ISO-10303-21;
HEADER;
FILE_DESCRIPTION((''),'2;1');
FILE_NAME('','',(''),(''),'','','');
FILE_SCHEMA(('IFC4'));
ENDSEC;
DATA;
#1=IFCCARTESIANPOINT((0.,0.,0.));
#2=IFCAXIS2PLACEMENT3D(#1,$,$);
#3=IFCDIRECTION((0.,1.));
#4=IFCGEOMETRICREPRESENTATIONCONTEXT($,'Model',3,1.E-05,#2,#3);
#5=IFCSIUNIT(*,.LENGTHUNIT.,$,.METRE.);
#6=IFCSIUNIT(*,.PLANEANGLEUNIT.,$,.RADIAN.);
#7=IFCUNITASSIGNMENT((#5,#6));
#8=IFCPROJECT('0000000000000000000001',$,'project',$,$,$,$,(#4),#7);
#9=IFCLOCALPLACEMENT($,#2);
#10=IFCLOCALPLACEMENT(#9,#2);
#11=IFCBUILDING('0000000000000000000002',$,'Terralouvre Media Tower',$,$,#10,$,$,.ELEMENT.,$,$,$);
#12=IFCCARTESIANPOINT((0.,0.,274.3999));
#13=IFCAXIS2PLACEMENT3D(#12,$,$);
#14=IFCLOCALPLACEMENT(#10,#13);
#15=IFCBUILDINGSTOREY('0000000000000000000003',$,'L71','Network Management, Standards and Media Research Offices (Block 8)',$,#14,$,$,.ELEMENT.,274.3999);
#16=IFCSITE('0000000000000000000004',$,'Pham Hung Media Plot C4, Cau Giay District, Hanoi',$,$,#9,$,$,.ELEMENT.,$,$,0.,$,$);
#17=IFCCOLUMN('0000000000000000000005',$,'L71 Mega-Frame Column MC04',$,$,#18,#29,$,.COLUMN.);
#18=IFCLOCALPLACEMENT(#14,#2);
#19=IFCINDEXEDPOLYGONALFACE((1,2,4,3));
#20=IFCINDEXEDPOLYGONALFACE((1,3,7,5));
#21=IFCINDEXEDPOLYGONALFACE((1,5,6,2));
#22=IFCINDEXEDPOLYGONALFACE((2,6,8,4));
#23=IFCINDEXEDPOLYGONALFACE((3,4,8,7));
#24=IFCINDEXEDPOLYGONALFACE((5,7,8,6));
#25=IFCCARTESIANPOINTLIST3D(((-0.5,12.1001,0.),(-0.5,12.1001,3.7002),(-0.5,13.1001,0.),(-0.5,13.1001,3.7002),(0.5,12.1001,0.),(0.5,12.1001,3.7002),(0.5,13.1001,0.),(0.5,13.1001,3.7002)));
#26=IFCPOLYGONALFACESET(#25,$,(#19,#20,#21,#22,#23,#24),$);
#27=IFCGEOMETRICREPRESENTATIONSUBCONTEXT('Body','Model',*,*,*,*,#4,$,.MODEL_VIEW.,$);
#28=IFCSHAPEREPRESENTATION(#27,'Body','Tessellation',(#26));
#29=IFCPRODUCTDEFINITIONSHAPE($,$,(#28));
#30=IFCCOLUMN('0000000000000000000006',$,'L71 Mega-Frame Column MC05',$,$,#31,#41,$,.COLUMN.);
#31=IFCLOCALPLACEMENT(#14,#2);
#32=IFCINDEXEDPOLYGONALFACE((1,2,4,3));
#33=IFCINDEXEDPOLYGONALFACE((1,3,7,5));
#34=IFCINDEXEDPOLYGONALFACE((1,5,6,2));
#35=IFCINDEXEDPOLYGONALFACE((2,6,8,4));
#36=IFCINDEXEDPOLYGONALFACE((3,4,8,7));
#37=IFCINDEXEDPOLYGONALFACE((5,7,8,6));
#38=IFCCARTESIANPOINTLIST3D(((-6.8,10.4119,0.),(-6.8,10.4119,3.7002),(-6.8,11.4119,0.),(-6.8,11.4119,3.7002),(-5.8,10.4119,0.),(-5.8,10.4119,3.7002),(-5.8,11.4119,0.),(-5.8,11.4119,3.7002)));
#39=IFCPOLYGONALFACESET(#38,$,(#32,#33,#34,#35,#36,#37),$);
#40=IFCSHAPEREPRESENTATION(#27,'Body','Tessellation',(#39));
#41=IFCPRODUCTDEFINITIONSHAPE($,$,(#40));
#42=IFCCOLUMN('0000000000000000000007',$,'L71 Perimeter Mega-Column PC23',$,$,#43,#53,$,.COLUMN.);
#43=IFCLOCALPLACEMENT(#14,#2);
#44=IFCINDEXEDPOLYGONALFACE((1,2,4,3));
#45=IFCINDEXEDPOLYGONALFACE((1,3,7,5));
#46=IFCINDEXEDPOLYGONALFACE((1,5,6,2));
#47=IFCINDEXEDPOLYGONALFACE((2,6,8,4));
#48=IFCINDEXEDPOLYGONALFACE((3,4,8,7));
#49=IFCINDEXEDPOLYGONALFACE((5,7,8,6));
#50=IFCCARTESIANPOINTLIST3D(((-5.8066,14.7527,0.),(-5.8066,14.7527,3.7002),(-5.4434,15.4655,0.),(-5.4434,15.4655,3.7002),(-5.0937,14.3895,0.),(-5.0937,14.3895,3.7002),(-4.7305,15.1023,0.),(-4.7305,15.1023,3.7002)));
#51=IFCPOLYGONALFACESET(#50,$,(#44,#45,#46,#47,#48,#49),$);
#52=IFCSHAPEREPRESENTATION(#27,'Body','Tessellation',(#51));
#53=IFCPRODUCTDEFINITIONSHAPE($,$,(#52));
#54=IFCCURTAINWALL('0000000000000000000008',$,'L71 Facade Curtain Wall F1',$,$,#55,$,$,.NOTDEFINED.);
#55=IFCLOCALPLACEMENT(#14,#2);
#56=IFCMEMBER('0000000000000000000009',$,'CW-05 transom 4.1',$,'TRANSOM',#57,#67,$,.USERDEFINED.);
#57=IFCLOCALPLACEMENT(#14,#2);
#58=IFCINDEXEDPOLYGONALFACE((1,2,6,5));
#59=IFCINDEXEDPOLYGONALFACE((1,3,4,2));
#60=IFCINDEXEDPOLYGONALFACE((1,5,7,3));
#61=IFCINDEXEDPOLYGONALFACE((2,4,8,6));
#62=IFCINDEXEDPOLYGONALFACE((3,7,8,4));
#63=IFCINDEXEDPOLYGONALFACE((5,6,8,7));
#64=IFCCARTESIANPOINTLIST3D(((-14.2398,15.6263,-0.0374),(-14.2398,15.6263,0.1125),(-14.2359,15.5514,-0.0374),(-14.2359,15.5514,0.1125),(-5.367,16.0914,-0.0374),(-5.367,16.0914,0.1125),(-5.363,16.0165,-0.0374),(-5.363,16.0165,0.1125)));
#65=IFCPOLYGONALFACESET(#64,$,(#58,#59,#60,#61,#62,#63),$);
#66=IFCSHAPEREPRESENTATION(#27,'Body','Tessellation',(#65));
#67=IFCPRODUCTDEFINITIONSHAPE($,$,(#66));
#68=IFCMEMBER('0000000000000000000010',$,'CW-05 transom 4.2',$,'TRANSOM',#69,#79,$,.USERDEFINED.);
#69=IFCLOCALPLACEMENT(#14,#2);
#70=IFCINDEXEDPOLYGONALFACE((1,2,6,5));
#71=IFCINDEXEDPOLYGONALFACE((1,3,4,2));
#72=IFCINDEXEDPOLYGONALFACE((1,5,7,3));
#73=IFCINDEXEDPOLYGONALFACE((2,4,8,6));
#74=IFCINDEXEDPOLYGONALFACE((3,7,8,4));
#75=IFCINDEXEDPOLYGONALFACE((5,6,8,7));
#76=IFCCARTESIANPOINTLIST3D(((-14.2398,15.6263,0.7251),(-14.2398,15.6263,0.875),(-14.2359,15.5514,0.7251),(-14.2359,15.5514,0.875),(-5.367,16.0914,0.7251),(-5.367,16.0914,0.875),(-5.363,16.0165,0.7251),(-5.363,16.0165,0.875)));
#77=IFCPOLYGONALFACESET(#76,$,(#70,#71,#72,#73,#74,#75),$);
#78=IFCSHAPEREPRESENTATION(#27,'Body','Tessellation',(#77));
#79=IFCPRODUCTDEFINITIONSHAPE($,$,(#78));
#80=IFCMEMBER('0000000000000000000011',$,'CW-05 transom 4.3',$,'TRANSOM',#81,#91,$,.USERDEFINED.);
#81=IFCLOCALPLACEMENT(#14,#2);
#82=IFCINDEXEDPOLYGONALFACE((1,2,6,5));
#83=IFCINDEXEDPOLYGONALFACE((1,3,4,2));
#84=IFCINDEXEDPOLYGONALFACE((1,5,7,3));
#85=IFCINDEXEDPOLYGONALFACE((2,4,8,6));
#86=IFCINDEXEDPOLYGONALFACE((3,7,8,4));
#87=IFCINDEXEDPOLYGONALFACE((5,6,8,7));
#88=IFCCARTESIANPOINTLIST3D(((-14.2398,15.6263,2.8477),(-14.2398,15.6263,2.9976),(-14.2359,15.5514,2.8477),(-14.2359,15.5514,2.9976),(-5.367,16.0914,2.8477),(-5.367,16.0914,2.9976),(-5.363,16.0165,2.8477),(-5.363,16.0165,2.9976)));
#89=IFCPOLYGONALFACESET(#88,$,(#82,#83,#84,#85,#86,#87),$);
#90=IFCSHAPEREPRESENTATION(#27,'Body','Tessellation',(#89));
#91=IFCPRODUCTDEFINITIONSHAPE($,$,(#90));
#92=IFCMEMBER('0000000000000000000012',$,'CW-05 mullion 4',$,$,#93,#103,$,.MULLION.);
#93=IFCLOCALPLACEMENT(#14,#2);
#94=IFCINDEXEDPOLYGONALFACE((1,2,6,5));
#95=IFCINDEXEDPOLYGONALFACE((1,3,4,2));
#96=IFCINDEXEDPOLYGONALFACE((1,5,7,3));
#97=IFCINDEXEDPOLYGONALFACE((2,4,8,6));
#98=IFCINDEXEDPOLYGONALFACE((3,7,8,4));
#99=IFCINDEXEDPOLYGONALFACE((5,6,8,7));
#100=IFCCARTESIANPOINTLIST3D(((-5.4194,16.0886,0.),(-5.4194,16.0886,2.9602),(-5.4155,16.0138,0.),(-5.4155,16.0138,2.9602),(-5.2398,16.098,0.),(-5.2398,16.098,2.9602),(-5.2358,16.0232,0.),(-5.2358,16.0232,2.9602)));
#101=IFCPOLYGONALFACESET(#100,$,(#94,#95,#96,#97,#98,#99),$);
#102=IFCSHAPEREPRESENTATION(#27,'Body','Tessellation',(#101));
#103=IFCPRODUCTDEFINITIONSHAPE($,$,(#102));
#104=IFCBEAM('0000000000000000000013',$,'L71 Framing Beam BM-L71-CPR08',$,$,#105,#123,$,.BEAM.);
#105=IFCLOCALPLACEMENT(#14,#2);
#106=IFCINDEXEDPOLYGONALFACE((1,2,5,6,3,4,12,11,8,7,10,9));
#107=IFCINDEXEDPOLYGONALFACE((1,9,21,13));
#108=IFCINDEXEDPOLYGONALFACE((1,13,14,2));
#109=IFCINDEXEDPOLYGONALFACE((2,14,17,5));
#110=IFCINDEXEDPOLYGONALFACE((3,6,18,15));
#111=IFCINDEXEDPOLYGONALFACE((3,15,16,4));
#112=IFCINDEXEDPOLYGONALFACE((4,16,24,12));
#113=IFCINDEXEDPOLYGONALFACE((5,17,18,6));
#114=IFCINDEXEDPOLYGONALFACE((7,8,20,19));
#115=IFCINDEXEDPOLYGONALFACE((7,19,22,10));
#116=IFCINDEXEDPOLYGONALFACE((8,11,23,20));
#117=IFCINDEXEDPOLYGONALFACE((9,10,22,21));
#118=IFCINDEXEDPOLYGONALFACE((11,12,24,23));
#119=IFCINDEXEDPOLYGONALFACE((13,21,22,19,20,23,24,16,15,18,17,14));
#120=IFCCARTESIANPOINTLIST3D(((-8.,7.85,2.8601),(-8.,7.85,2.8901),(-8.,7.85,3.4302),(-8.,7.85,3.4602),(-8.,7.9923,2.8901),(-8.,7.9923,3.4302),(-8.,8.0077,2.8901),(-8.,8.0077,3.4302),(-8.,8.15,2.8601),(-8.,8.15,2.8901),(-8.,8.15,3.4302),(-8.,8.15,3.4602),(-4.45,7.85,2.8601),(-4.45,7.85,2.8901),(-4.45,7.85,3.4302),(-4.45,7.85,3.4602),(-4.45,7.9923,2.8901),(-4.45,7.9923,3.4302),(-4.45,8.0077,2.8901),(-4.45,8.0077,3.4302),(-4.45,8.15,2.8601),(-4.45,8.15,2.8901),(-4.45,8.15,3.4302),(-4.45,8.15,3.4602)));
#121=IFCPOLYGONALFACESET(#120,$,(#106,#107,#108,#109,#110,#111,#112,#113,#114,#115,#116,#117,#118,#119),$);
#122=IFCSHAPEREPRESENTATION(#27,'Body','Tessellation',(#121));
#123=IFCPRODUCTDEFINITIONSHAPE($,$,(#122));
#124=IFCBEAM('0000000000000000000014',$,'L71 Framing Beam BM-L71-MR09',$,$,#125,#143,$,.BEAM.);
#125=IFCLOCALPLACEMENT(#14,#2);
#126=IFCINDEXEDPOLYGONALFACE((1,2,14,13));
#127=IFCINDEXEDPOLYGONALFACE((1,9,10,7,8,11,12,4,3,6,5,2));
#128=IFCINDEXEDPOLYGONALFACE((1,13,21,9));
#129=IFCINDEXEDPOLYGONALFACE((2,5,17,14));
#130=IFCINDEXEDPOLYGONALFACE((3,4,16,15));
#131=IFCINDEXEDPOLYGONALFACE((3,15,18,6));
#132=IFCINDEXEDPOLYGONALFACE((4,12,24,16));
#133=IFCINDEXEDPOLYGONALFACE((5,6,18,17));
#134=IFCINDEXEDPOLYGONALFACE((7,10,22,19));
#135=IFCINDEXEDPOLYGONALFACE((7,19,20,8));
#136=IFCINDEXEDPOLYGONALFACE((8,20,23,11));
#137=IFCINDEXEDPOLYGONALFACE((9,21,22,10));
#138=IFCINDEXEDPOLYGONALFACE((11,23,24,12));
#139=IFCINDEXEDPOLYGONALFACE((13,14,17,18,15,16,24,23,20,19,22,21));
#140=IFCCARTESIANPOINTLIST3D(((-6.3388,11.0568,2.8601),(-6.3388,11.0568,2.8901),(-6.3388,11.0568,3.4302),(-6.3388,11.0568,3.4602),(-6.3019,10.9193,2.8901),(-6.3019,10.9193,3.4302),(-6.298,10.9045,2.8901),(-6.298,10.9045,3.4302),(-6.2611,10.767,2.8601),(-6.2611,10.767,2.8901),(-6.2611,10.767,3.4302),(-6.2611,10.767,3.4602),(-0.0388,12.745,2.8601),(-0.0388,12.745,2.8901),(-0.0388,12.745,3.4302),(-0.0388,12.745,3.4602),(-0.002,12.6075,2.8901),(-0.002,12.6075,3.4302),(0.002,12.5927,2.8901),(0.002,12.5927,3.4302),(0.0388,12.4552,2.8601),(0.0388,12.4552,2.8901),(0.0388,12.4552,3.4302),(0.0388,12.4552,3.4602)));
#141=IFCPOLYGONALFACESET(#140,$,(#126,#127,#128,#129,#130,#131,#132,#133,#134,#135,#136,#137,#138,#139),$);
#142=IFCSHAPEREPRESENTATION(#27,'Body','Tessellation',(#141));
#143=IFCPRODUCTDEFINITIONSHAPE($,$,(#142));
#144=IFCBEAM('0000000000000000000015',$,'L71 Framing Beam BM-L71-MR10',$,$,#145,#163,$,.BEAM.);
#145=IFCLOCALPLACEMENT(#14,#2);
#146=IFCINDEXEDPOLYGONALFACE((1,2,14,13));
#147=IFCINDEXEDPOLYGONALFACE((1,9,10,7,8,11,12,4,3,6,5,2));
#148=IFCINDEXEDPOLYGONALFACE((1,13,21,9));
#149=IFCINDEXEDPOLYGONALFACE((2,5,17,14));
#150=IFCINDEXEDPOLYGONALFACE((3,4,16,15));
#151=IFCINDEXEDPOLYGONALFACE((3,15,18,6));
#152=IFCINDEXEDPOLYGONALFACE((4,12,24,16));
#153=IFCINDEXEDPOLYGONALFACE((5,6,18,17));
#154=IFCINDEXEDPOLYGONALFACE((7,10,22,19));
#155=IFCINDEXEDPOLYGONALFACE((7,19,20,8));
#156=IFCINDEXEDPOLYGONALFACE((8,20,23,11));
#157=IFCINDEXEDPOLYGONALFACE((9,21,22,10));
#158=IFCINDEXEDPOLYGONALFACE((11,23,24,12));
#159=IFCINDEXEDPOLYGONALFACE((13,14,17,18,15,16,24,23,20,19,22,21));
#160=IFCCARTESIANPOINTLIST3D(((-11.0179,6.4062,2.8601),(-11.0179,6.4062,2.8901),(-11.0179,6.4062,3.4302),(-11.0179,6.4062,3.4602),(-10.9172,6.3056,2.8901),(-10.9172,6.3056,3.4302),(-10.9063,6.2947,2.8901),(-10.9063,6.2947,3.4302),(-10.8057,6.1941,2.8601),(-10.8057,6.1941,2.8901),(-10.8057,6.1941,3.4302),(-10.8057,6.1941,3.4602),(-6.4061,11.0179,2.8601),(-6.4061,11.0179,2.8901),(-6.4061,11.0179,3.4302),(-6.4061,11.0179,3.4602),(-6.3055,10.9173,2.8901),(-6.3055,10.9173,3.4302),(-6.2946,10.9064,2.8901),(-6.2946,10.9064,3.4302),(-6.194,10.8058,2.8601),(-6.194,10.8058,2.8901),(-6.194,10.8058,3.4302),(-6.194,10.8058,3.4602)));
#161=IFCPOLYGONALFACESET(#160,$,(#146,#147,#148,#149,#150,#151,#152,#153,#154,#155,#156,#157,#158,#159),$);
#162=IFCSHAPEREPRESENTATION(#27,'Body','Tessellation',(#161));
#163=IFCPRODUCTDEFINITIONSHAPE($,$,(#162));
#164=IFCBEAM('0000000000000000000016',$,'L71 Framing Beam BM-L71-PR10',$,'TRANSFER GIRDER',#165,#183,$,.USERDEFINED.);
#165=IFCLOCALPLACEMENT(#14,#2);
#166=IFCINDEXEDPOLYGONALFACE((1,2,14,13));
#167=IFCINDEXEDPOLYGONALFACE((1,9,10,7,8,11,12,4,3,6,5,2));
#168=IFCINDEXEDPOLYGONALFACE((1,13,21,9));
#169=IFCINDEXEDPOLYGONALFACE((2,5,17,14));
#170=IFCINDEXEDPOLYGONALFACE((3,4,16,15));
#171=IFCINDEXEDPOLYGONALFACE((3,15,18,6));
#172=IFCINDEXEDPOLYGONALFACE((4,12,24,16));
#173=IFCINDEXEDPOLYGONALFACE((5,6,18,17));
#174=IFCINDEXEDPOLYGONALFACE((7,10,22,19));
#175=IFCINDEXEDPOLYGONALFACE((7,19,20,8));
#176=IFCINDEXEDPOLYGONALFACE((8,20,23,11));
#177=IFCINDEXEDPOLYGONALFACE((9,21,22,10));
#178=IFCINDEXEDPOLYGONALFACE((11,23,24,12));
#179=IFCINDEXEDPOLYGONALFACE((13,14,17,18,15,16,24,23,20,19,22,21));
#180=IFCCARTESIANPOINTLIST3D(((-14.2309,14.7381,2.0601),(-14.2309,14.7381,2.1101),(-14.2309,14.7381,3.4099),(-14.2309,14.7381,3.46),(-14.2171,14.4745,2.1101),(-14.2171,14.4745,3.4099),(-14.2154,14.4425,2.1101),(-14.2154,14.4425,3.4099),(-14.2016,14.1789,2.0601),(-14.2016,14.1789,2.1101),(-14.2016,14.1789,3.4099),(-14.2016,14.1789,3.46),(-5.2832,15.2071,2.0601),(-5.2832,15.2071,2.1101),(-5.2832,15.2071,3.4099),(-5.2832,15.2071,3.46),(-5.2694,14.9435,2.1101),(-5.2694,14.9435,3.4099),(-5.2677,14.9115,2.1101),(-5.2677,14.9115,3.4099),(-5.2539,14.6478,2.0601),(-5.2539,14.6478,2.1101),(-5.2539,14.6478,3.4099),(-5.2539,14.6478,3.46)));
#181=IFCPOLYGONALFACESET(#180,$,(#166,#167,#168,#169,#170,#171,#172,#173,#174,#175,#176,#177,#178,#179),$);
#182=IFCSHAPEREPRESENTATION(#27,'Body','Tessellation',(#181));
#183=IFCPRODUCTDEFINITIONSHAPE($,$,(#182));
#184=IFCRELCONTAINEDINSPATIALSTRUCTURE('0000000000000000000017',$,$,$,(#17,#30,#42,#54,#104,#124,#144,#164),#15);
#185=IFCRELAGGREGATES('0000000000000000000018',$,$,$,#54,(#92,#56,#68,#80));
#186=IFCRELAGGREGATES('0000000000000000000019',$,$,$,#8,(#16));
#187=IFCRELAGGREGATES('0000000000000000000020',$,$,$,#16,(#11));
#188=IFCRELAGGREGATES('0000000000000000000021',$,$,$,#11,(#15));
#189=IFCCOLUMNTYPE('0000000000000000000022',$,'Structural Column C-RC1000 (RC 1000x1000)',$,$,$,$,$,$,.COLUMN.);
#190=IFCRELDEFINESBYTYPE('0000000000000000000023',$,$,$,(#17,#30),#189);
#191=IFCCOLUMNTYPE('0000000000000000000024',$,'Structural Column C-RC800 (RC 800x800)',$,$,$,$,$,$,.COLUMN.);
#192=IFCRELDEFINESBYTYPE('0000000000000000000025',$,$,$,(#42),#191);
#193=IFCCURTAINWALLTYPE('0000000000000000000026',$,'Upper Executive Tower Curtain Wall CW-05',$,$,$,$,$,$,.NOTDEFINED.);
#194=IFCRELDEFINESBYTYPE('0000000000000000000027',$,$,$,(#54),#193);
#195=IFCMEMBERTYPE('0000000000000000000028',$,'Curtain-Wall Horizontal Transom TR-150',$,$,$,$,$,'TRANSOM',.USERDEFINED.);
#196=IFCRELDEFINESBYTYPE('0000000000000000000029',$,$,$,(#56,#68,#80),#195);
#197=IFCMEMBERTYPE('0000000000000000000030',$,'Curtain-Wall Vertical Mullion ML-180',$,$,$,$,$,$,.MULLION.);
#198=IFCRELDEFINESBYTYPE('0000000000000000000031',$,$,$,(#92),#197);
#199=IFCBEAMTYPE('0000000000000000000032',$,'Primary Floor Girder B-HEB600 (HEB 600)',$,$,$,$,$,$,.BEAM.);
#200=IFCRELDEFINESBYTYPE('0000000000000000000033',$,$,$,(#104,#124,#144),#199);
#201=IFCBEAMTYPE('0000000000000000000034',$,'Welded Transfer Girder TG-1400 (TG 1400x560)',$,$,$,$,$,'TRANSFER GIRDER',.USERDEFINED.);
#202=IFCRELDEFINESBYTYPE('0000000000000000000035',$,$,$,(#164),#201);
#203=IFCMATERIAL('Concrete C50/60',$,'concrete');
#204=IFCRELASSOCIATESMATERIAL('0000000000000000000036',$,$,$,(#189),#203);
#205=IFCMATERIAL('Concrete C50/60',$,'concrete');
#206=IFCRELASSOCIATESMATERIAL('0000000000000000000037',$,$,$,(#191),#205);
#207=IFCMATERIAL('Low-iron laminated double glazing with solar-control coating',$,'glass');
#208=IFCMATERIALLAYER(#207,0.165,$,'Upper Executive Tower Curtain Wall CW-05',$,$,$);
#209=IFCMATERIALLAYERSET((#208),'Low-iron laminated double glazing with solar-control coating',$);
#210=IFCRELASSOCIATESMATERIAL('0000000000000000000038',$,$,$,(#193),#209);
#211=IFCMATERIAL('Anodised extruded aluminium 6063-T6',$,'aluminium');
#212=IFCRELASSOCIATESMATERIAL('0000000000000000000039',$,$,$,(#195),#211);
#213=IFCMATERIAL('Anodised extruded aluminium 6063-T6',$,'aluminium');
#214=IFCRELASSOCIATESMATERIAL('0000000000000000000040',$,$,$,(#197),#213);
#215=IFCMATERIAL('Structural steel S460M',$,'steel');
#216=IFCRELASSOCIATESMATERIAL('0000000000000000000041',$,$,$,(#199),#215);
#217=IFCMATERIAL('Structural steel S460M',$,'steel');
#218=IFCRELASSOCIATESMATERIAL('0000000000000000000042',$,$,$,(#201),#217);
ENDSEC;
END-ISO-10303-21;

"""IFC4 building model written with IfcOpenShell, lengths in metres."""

from ifc_helpers import new_model, si_unit, direction, frame, origin, origin_2d, place, context, subcontext, project, spatial, rectangle, i_section, extrude, material, layer, layer_set, material_profile, profile_set, type_object, element, aggregate, save


model = new_model("IFC4")

# Units and contexts
model_context = context("Model", 3, precision=1e-05, world=origin(), true_north=direction((0.0, 1.0)))
body_context = subcontext(model_context, "Body", "Model", "MODEL_VIEW")
ifc_project = project(units=[si_unit("LENGTHUNIT", "METRE"), si_unit("PLANEANGLEUNIT", "RADIAN")], contexts=[model_context])

# Site, building, storey
site_placement = place(None, origin())
site = spatial("IfcSite", under=ifc_project, at=site_placement, Name="Pham Hung Media Plot C4, Cau Giay District, Hanoi", CompositionType="ELEMENT", RefElevation=0.0)
building_placement = place(site_placement, origin())
building = spatial("IfcBuilding", under=site, at=building_placement, Name="Terralouvre Media Tower", CompositionType="ELEMENT")
storey_placement = place(building_placement, frame((0.0, 0.0, 274.3999)))
storey = spatial("IfcBuildingStorey", under=building, at=storey_placement, Name="L71", Description="Network Management, Standards and Media Research Offices (Block 8)", CompositionType="ELEMENT", Elevation=274.3999)

# Columns
ifc_material_1 = material(Name="Concrete C50/60", Category="concrete")
ifc_material_profile_1 = material_profile(ifc_material_1, rectangle(XDim=1.0, YDim=1.0, at=origin_2d()), Name="RC 1000x1000")
ifc_profile_set_1 = profile_set([ifc_material_profile_1], Name="Concrete C50/60")
column_type_1 = type_object("IfcColumnType", Name="Structural Column C-RC1000 (RC 1000x1000)", PredefinedType="COLUMN", material=ifc_profile_set_1)
for number, where, z_axis, x_axis, name in (
    (1, (0.0, 12.6001, 0.0), (0.0, 0.0, 1.0), (1.0, 0.0, 0.0), "L71 Mega-Frame Column MC04"),
    (2, (-6.3, 10.9119, 0.0), (0.0, 0.0, 1.0), (1.0, 0.0, 0.0), "L71 Mega-Frame Column MC05"),
):
    element("IfcColumn", number, at=place(storey_placement, frame(where, z_axis=z_axis, x_axis=x_axis)), inside=storey, type_object=column_type_1, Name=name, PredefinedType="COLUMN", context=body_context, shape_type="SweptSolid", body=[
        extrude(rectangle(XDim=1.0, YDim=1.0, at=origin_2d()), origin(), (0.0, 0.0, 1.0), 3.7002),
    ])
ifc_material_2 = material(Name="Concrete C50/60", Category="concrete")
ifc_material_profile_2 = material_profile(ifc_material_2, rectangle(XDim=0.8, YDim=0.8, at=origin_2d()), Name="RC 800x800")
ifc_profile_set_2 = profile_set([ifc_material_profile_2], Name="Concrete C50/60")
column_type_2 = type_object("IfcColumnType", Name="Structural Column C-RC800 (RC 800x800)", PredefinedType="COLUMN", material=ifc_profile_set_2)
column_placement = place(storey_placement, frame((-5.2686, 14.9275, 0.0), z_axis=(0.0, 0.0, 1.0), x_axis=(0.45399, 0.891007, 0.0)))
element("IfcColumn", 3, at=column_placement, inside=storey, type_object=column_type_2, Name="L71 Perimeter Mega-Column PC23", PredefinedType="COLUMN", context=body_context, shape_type="SweptSolid", body=[
    extrude(rectangle(XDim=0.8, YDim=0.8, at=origin_2d()), origin(), (0.0, 0.0, 1.0), 3.7002),
])

# Curtain wall, members
ifc_material_3 = material(Name="Low-iron laminated double glazing with solar-control coating", Category="glass")
ifc_layer_1 = layer(ifc_material_3, 0.165, Name="Upper Executive Tower Curtain Wall CW-05")
ifc_layer_set_1 = layer_set([ifc_layer_1], Name="Low-iron laminated double glazing with solar-control coating")
curtain_wall_type = type_object("IfcCurtainWallType", Name="Upper Executive Tower Curtain Wall CW-05", PredefinedType="NOTDEFINED", material=ifc_layer_set_1)
curtain_wall_placement = place(storey_placement, origin())
curtain_wall = element("IfcCurtainWall", 4, at=curtain_wall_placement, inside=storey, type_object=curtain_wall_type, Name="L71 Facade Curtain Wall F1", PredefinedType="NOTDEFINED")
ifc_material_4 = material(Name="Anodised extruded aluminium 6063-T6", Category="aluminium")
ifc_material_profile_3 = material_profile(ifc_material_4, rectangle(XDim=0.075, YDim=0.1499, at=origin_2d()), Name="ALU 75x150")
ifc_profile_set_3 = profile_set([ifc_material_profile_3], Name="Anodised extruded aluminium 6063-T6")
member_type_1 = type_object("IfcMemberType", Name="Curtain-Wall Horizontal Transom TR-150", ElementType="TRANSOM", PredefinedType="USERDEFINED", material=ifc_profile_set_3)
member_1_placement = place(storey_placement, frame((-5.365, 16.054, 0.0376), z_axis=(-0.998629, -0.052345, 0.0), x_axis=(0.052345, -0.998629, 0.0)))
member_1 = element("IfcMember", 5, at=member_1_placement, type_object=member_type_1, Name="CW-05 transom 4.1", ObjectType="TRANSOM", PredefinedType="USERDEFINED", context=body_context, shape_type="SweptSolid", body=[
    extrude(rectangle(XDim=0.075, YDim=0.1499, at=origin_2d()), origin(), (0.0, 0.0, 1.0), 8.885),
])
member_2_placement = place(storey_placement, frame((-5.365, 16.054, 0.8), z_axis=(-0.998629, -0.052345, 0.0), x_axis=(0.052345, -0.998629, 0.0)))
member_2 = element("IfcMember", 6, at=member_2_placement, type_object=member_type_1, Name="CW-05 transom 4.2", ObjectType="TRANSOM", PredefinedType="USERDEFINED", context=body_context, shape_type="SweptSolid", body=[
    extrude(rectangle(XDim=0.075, YDim=0.1499, at=origin_2d()), origin(), (0.0, 0.0, 1.0), 8.885),
])
member_3_placement = place(storey_placement, frame((-5.365, 16.054, 2.9226), z_axis=(-0.998629, -0.052345, 0.0), x_axis=(0.052345, -0.998629, 0.0)))
member_3 = element("IfcMember", 7, at=member_3_placement, type_object=member_type_1, Name="CW-05 transom 4.3", ObjectType="TRANSOM", PredefinedType="USERDEFINED", context=body_context, shape_type="SweptSolid", body=[
    extrude(rectangle(XDim=0.075, YDim=0.1499, at=origin_2d()), origin(), (0.0, 0.0, 1.0), 8.885),
])
ifc_material_5 = material(Name="Anodised extruded aluminium 6063-T6", Category="aluminium")
ifc_material_profile_4 = material_profile(ifc_material_5, rectangle(XDim=0.075, YDim=0.1799, at=origin_2d()), Name="ALU 75x180")
ifc_profile_set_4 = profile_set([ifc_material_profile_4], Name="Anodised extruded aluminium 6063-T6")
member_type_2 = type_object("IfcMemberType", Name="Curtain-Wall Vertical Mullion ML-180", PredefinedType="MULLION", material=ifc_profile_set_4)
member_4_placement = place(storey_placement, frame((-5.3276, 16.0559, 0.0), z_axis=(0.0, 0.0, 1.0), x_axis=(0.052336, -0.99863, 0.0)))
member_4 = element("IfcMember", 8, at=member_4_placement, type_object=member_type_2, Name="CW-05 mullion 4", PredefinedType="MULLION", context=body_context, shape_type="SweptSolid", body=[
    extrude(rectangle(XDim=0.075, YDim=0.1799, at=origin_2d()), origin(), (0.0, 0.0, 1.0), 2.9602),
])

# Beams
ifc_material_6 = material(Name="Structural steel S460M", Category="steel")
ifc_material_profile_5 = material_profile(ifc_material_6, i_section(OverallWidth=0.3, OverallDepth=0.6001, WebThickness=0.0154, FlangeThickness=0.03, at=origin_2d()), Name="HEB 600")
ifc_profile_set_5 = profile_set([ifc_material_profile_5], Name="Structural steel S460M")
beam_type_1 = type_object("IfcBeamType", Name="Primary Floor Girder B-HEB600 (HEB 600)", PredefinedType="BEAM", material=ifc_profile_set_5)
beam_1_placement = place(storey_placement, frame((-4.45, 8.0, 3.1602), z_axis=(-1.0, 0.0, 0.0), x_axis=(0.0, -1.0, 0.0)))
element("IfcBeam", 9, at=beam_1_placement, inside=storey, type_object=beam_type_1, Name="L71 Framing Beam BM-L71-CPR08", PredefinedType="BEAM", context=body_context, shape_type="SweptSolid", body=[
    extrude(i_section(OverallWidth=0.3, OverallDepth=0.6001, WebThickness=0.0154, FlangeThickness=0.03, at=origin_2d()), origin(), (0.0, 0.0, 1.0), 3.55),
])
beam_2_placement = place(storey_placement, frame((0.0, 12.6001, 3.1602), z_axis=(-0.96592, -0.258839, 0.0), x_axis=(0.258839, -0.96592, 0.0)))
element("IfcBeam", 10, at=beam_2_placement, inside=storey, type_object=beam_type_1, Name="L71 Framing Beam BM-L71-MR09", PredefinedType="BEAM", context=body_context, shape_type="SweptSolid", body=[
    extrude(i_section(OverallWidth=0.3, OverallDepth=0.6001, WebThickness=0.0154, FlangeThickness=0.03, at=origin_2d()), origin(), (0.0, 0.0, 1.0), 6.5222),
])
beam_3_placement = place(storey_placement, frame((-6.3, 10.9119, 3.1602), z_axis=(-0.707107, -0.707107, 0.0), x_axis=(0.707107, -0.707107, 0.0)))
element("IfcBeam", 11, at=beam_3_placement, inside=storey, type_object=beam_type_1, Name="L71 Framing Beam BM-L71-MR10", PredefinedType="BEAM", context=body_context, shape_type="SweptSolid", body=[
    extrude(i_section(OverallWidth=0.3, OverallDepth=0.6001, WebThickness=0.0154, FlangeThickness=0.03, at=origin_2d()), origin(), (0.0, 0.0, 1.0), 6.522),
])
ifc_material_7 = material(Name="Structural steel S460M", Category="steel")
ifc_material_profile_6 = material_profile(ifc_material_7, i_section(OverallWidth=0.5601, OverallDepth=1.3999, WebThickness=0.032, FlangeThickness=0.05, at=origin_2d()), Name="TG 1400x560")
ifc_profile_set_6 = profile_set([ifc_material_profile_6], Name="Structural steel S460M")
beam_type_2 = type_object("IfcBeamType", Name="Welded Transfer Girder TG-1400 (TG 1400x560)", ElementType="TRANSFER GIRDER", PredefinedType="USERDEFINED", material=ifc_profile_set_6)
beam_4_placement = place(storey_placement, frame((-5.2686, 14.9275, 2.76), z_axis=(-0.998629, -0.052343, 0.0), x_axis=(0.052343, -0.998629, 0.0)))
element("IfcBeam", 12, at=beam_4_placement, inside=storey, type_object=beam_type_2, Name="L71 Framing Beam BM-L71-PR10", ObjectType="TRANSFER GIRDER", PredefinedType="USERDEFINED", context=body_context, shape_type="SweptSolid", body=[
    extrude(i_section(OverallWidth=0.5601, OverallDepth=1.3999, WebThickness=0.032, FlangeThickness=0.05, at=origin_2d()), origin(), (0.0, 0.0, 1.0), 8.96),
])

aggregate(curtain_wall, [member_4, member_1, member_2, member_3])

save(model, "model.ifc")
